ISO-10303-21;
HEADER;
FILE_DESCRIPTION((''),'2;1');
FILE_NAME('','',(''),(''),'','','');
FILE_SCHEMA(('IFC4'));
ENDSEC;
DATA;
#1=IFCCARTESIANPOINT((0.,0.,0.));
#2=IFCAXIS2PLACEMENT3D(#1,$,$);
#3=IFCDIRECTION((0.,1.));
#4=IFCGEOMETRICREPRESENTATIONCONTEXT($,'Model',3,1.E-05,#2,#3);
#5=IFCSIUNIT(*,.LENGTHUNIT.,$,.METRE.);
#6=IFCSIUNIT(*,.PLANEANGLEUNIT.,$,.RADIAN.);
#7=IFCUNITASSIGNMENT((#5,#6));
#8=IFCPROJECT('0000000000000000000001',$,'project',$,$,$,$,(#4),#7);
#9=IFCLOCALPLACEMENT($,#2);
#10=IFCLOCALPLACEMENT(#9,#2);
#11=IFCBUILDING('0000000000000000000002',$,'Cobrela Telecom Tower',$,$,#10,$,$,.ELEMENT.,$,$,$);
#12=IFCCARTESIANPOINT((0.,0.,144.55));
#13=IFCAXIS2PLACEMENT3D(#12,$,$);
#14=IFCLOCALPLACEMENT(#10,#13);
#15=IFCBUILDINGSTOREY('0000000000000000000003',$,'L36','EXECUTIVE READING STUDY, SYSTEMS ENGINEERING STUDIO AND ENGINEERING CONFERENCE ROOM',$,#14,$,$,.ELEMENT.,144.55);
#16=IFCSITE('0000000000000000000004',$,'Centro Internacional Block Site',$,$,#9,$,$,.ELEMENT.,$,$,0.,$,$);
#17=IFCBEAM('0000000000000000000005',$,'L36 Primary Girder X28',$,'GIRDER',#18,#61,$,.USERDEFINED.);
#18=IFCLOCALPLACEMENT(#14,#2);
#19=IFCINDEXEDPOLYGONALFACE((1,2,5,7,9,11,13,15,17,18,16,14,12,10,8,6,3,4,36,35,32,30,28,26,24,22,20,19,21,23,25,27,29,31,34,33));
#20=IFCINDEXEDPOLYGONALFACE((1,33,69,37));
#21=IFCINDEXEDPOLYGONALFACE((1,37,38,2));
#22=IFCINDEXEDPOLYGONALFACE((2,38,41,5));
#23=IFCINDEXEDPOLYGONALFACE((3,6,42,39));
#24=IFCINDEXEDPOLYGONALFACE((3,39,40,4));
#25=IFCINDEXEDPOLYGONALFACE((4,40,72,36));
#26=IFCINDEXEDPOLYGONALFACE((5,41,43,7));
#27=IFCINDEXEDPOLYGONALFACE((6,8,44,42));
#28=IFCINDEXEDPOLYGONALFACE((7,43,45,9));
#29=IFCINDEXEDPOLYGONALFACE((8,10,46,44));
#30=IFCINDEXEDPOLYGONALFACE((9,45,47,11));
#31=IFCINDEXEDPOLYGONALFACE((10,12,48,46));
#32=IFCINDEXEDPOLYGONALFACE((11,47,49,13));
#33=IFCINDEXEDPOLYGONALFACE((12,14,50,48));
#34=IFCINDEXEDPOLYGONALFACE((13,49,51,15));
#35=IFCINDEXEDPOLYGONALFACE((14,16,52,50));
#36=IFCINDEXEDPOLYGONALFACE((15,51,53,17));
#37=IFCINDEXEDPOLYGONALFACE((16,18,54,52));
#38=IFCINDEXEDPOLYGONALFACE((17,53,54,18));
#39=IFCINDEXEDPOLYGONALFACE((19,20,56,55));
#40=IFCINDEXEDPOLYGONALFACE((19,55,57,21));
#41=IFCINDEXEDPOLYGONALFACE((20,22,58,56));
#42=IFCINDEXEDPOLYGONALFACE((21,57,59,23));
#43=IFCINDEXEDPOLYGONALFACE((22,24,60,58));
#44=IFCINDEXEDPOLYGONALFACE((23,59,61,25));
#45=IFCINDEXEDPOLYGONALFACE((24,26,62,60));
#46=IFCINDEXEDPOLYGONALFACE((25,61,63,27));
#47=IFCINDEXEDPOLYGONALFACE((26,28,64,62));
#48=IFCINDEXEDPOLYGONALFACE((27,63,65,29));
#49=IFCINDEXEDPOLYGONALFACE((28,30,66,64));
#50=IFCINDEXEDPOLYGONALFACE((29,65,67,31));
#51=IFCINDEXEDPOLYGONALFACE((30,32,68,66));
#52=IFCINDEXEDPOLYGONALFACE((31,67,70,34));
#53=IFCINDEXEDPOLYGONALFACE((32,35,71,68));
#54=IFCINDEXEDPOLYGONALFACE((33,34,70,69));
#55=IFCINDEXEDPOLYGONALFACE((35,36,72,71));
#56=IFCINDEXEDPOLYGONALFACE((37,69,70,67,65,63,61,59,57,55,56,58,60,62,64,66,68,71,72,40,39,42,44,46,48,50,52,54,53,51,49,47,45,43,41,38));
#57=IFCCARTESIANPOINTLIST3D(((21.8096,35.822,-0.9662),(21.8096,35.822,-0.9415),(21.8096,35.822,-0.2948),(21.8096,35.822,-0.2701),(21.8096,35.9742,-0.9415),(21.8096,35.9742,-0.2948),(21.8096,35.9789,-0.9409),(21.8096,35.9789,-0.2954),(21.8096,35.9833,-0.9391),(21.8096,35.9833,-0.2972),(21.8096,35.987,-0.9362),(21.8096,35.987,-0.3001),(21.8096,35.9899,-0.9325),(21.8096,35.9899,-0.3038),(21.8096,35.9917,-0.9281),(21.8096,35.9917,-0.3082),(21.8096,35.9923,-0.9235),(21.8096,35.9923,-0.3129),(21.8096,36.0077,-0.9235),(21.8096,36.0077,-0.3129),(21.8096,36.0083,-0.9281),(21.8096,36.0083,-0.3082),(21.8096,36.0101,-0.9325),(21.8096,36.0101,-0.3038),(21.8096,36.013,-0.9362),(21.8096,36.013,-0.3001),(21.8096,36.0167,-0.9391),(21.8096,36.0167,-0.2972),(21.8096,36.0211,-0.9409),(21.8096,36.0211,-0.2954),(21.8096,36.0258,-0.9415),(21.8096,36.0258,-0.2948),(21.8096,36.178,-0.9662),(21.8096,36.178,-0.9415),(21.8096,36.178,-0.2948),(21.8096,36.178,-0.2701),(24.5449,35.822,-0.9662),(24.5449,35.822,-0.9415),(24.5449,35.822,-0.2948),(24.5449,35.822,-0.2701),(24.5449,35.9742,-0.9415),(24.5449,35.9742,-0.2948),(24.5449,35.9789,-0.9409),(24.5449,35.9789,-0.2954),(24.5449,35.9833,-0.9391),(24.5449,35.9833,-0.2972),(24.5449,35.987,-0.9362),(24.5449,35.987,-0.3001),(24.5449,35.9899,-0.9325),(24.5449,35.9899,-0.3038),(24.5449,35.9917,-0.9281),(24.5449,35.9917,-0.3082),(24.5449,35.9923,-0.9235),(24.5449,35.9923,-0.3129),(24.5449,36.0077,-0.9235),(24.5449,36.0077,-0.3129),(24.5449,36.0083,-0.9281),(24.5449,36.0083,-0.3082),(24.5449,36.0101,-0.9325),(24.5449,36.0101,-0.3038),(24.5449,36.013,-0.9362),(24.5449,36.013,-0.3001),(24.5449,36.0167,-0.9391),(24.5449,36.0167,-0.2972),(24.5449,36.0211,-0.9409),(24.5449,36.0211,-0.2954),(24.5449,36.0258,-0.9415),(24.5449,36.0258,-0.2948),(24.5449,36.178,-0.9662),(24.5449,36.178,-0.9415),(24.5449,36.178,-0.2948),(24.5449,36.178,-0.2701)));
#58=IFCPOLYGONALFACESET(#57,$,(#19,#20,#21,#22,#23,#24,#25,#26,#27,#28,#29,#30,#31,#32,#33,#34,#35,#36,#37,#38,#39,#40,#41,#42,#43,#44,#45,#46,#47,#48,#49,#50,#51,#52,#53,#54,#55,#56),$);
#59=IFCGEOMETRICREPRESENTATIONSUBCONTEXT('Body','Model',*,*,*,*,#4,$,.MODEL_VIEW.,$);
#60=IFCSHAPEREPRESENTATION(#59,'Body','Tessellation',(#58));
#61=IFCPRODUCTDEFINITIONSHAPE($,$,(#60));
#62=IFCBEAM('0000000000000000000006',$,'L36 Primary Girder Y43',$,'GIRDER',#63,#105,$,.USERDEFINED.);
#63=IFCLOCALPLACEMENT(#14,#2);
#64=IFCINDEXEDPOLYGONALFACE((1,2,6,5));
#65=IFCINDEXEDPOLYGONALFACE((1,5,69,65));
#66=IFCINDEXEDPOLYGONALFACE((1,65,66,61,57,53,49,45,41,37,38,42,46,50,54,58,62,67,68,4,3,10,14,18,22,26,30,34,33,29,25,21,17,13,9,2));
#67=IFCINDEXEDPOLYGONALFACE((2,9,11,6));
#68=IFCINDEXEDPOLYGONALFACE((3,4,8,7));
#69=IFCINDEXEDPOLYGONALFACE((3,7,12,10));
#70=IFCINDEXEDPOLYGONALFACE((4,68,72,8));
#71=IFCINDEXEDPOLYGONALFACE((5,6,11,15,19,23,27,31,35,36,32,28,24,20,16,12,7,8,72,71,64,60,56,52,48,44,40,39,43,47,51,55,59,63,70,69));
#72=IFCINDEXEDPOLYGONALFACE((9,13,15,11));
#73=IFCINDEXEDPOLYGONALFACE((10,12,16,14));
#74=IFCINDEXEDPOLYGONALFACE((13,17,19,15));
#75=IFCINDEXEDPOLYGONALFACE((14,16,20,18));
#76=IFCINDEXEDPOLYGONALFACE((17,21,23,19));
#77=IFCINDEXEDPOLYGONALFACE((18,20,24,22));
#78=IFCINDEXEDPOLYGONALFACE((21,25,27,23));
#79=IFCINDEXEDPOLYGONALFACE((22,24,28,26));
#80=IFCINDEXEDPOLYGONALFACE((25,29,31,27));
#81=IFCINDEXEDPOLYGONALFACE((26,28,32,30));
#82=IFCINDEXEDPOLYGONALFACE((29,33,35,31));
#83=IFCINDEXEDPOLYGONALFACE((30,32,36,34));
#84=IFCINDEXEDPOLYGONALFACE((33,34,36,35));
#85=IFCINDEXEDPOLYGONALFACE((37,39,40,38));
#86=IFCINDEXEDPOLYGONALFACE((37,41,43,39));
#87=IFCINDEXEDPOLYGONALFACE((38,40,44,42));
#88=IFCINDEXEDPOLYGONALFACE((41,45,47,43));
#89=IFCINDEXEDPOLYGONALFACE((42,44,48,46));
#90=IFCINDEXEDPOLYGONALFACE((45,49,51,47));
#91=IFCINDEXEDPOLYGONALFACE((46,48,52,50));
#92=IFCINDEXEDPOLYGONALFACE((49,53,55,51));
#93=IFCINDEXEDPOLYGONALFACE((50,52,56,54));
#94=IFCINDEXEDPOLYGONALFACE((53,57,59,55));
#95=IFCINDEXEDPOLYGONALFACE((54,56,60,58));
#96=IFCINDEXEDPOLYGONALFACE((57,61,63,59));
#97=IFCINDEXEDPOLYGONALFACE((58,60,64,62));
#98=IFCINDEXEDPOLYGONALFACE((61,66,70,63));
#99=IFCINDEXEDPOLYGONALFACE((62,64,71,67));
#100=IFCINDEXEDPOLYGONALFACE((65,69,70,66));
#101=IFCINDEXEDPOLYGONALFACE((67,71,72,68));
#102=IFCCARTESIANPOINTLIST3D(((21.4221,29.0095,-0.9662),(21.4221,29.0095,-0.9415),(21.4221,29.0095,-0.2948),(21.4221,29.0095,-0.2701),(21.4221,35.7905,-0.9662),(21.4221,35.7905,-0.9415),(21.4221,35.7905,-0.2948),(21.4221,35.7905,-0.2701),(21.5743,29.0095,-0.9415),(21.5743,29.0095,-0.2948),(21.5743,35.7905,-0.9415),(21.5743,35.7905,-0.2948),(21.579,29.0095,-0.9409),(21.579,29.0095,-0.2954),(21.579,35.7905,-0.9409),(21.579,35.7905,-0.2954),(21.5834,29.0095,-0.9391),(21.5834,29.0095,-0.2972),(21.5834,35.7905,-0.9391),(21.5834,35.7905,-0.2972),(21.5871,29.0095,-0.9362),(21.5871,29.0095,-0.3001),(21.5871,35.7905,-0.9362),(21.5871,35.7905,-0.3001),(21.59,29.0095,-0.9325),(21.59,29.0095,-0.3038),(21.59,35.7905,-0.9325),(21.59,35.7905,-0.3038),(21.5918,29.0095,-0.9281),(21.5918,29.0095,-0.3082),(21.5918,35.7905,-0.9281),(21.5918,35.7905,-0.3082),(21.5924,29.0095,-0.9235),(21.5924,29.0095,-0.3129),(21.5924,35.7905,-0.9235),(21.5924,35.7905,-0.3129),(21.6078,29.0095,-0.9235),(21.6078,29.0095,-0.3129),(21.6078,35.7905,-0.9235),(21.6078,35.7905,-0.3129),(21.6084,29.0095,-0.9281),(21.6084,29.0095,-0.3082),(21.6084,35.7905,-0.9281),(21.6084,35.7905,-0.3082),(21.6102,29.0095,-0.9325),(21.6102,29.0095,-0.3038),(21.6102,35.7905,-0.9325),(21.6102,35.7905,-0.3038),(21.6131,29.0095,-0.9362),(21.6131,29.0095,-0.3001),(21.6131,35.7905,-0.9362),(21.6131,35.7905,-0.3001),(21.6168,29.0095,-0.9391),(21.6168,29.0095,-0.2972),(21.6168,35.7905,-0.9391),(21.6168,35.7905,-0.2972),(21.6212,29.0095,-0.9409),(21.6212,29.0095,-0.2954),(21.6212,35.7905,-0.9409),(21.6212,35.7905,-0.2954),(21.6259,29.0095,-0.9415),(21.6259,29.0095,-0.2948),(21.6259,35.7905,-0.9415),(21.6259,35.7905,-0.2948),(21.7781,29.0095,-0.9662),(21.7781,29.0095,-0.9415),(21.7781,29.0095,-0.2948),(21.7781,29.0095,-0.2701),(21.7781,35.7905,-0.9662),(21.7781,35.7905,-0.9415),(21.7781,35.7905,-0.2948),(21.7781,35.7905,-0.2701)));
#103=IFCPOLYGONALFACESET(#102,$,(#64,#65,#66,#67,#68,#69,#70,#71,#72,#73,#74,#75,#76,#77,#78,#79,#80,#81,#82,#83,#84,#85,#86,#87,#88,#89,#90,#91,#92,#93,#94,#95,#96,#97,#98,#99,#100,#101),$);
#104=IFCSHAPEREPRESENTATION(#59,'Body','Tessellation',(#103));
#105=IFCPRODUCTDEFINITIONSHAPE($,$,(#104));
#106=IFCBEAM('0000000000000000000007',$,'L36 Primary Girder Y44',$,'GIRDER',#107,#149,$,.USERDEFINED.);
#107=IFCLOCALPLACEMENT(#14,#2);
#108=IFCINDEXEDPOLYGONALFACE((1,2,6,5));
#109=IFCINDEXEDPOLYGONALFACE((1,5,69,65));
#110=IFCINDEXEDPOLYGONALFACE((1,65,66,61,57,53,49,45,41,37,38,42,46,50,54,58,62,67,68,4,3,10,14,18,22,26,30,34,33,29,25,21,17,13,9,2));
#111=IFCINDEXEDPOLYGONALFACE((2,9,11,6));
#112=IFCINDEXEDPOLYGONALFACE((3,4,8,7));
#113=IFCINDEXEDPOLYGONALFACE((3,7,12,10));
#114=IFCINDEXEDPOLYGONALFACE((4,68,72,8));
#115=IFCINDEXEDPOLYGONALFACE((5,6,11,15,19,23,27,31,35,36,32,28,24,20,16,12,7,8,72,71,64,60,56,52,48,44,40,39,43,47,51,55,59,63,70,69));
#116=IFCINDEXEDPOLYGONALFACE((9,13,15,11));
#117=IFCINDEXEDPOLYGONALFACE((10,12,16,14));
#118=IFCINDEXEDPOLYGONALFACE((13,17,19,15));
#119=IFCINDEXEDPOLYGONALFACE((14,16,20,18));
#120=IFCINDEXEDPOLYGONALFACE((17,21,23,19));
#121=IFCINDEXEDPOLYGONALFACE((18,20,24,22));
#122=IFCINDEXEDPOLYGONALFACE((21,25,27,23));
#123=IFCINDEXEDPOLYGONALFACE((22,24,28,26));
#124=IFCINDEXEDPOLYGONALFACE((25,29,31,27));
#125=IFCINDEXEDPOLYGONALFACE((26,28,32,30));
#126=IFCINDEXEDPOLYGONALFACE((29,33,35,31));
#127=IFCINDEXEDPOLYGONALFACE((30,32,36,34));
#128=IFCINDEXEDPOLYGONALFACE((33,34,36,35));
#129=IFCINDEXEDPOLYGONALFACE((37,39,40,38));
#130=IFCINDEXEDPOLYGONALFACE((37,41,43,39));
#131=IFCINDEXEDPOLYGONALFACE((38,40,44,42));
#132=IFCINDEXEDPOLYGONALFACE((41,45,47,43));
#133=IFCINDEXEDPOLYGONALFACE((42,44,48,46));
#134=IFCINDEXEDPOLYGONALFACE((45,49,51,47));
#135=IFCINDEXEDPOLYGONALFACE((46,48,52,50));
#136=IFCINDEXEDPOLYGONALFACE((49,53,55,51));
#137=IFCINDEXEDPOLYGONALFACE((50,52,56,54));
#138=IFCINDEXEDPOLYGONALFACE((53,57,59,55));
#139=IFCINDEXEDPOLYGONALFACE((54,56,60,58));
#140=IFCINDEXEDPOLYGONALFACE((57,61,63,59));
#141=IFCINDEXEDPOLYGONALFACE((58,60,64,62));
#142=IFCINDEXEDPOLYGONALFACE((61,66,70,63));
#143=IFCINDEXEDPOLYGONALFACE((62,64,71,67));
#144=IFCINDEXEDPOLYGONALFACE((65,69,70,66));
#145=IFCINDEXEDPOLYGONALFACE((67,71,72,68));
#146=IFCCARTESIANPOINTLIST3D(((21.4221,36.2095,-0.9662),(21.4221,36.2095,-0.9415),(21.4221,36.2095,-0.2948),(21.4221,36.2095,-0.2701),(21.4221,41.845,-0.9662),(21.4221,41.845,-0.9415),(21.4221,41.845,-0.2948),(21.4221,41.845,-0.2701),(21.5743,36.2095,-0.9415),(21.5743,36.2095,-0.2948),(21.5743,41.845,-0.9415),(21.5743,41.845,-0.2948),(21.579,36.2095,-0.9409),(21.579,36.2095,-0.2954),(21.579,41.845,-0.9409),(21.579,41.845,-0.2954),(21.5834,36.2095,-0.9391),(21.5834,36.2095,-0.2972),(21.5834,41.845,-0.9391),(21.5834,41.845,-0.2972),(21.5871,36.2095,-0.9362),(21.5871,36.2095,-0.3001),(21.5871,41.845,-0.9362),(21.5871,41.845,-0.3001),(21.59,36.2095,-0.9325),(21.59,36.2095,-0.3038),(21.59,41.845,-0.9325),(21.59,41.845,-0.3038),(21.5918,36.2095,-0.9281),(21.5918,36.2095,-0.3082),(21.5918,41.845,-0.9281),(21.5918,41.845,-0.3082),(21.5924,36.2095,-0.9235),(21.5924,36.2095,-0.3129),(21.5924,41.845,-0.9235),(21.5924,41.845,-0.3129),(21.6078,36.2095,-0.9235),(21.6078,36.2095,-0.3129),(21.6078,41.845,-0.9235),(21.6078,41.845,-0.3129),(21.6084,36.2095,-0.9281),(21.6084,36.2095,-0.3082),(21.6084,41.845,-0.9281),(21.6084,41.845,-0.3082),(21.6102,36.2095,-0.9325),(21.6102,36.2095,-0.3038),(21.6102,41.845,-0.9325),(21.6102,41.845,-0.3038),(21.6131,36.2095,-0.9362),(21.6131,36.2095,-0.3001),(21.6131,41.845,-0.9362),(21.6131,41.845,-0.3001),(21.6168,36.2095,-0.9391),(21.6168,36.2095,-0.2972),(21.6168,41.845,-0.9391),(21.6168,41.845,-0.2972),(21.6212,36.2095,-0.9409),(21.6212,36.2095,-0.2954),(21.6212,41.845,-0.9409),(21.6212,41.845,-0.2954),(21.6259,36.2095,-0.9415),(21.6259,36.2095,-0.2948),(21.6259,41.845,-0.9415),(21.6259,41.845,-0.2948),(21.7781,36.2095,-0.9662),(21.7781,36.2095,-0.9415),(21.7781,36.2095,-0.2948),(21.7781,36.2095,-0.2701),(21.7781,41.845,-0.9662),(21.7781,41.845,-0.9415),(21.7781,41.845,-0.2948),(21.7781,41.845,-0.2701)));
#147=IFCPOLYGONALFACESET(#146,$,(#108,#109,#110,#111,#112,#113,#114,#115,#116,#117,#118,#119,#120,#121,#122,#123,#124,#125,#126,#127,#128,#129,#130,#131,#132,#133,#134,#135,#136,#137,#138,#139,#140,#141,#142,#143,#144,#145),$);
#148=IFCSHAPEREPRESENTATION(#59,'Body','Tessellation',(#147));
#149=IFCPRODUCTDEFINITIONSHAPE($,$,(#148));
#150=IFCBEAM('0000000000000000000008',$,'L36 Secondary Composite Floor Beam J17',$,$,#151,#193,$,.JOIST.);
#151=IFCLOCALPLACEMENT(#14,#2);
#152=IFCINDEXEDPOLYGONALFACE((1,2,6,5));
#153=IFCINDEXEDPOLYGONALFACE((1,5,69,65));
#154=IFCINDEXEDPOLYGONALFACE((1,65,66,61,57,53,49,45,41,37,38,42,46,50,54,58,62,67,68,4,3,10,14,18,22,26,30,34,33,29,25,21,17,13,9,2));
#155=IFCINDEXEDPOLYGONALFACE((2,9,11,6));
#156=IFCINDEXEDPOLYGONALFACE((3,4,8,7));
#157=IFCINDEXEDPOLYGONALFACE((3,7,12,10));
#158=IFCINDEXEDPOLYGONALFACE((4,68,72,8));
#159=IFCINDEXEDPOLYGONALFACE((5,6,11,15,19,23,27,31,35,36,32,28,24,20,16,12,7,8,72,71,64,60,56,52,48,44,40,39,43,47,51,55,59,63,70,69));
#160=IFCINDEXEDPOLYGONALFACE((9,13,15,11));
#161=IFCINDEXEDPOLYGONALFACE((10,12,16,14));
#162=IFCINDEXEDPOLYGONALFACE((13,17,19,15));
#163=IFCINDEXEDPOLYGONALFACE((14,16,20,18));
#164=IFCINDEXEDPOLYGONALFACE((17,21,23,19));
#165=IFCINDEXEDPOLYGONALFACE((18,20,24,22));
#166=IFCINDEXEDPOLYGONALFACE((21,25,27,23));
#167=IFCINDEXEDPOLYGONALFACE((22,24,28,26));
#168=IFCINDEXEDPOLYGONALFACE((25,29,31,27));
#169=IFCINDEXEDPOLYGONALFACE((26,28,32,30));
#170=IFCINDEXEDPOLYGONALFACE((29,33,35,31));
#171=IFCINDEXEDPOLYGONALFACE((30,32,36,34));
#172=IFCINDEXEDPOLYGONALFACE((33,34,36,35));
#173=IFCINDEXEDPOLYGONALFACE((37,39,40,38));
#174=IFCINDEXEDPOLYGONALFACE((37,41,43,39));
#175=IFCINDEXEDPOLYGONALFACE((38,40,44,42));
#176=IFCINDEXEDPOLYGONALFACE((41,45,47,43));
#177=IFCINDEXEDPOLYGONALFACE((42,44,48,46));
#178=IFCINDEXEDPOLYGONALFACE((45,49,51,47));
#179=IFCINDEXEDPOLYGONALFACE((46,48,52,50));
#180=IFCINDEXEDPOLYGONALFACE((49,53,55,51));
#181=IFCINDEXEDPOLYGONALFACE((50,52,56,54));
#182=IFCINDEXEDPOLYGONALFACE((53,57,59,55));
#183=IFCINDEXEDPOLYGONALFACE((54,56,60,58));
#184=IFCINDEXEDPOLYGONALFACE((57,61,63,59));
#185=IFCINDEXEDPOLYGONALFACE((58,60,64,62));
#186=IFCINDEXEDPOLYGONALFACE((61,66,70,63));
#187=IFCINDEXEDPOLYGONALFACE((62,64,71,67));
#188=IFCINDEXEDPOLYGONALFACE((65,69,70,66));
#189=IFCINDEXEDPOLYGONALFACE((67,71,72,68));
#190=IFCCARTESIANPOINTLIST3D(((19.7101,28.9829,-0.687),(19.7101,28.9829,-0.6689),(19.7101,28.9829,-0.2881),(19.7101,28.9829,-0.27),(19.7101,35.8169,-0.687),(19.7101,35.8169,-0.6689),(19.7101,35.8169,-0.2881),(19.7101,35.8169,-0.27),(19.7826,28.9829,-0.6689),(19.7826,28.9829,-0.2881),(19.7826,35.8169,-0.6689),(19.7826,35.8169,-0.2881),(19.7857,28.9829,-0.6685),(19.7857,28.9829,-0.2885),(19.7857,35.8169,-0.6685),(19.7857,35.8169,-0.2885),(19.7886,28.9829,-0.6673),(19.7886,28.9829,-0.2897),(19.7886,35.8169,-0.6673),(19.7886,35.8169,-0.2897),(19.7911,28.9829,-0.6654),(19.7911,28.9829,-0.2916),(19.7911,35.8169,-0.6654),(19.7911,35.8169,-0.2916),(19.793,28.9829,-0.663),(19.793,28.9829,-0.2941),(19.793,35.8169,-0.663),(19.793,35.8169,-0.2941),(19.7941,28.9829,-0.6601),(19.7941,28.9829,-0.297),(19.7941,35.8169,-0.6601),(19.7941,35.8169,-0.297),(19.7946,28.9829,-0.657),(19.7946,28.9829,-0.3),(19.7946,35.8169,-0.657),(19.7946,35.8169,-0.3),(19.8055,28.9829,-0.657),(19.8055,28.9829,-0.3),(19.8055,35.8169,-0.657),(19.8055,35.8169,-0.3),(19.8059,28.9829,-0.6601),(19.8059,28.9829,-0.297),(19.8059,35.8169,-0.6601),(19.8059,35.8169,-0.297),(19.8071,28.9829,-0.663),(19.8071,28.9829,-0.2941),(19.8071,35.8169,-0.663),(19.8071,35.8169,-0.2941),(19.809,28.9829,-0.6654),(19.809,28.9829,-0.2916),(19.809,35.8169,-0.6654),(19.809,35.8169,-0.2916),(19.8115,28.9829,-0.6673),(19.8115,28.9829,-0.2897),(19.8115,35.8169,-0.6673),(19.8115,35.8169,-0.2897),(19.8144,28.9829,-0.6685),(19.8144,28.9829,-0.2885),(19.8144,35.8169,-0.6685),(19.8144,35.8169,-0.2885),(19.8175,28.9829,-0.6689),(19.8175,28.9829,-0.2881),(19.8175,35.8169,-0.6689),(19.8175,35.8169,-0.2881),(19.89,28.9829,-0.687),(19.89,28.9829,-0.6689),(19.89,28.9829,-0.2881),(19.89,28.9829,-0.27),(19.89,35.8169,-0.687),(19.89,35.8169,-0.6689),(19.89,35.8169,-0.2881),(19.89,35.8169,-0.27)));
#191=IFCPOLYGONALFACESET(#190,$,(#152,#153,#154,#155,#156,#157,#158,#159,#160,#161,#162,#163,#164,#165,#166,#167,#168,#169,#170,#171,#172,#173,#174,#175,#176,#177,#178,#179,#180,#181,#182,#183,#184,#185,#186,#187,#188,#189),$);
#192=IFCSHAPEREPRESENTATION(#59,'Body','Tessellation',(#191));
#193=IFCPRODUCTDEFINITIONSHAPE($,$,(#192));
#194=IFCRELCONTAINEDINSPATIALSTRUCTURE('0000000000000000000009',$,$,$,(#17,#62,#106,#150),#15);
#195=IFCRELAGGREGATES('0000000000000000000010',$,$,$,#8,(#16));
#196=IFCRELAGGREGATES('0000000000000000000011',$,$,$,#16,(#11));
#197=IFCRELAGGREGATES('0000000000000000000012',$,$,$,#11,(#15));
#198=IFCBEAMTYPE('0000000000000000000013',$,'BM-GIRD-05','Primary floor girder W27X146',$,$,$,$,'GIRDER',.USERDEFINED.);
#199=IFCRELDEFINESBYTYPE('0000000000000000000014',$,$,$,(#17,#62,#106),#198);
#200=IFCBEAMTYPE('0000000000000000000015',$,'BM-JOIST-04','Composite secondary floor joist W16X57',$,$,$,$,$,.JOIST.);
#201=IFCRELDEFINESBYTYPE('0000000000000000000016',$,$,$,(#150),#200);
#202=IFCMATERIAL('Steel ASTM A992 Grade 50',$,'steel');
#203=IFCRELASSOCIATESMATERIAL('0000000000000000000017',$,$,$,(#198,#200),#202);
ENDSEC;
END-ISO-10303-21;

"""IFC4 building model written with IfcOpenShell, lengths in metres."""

from ifc_helpers import new_model, si_unit, direction, frame, origin, origin_2d, place, context, subcontext, project, spatial, i_section, extrude, material, material_profile, profile_set, type_object, element, save


model = new_model("IFC4")

# Units and contexts
model_context = context("Model", 3, precision=1e-05, world=origin(), true_north=direction((0.0, 1.0)))
body_context = subcontext(model_context, "Body", "Model", "MODEL_VIEW")
ifc_project = project(units=[si_unit("LENGTHUNIT", "METRE"), si_unit("PLANEANGLEUNIT", "RADIAN")], contexts=[model_context])

# Site, building, storey
site_placement = place(None, origin())
site = spatial("IfcSite", under=ifc_project, at=site_placement, Name="Centro Internacional Block Site", CompositionType="ELEMENT", RefElevation=0.0)
building_placement = place(site_placement, origin())
building = spatial("IfcBuilding", under=site, at=building_placement, Name="Cobrela Telecom Tower", CompositionType="ELEMENT")
storey_placement = place(building_placement, frame((0.0, 0.0, 144.55)))
storey = spatial("IfcBuildingStorey", under=building, at=storey_placement, Name="L36", Description="EXECUTIVE READING STUDY, SYSTEMS ENGINEERING STUDIO AND ENGINEERING CONFERENCE ROOM", CompositionType="ELEMENT", Elevation=144.55)

# Shared definitions
ifc_material_1 = material(Name="Steel ASTM A992 Grade 50", Category="steel")

# Beams
ifc_material_profile_1 = material_profile(ifc_material_1, i_section(OverallWidth=0.356, OverallDepth=0.696, WebThickness=0.0154, FlangeThickness=0.0247, FilletRadius=0.0181, at=origin_2d()), Name="W27X146")
ifc_profile_set_1 = profile_set([ifc_material_profile_1], Name="Steel ASTM A992 Grade 50")
beam_type_1 = type_object("IfcBeamType", Name="BM-GIRD-05", Description="Primary floor girder W27X146", ElementType="GIRDER", PredefinedType="USERDEFINED", material=ifc_profile_set_1)
for number, where, z_axis, x_axis, name in (
    (1, (21.8096, 36.0, -0.6182), (1.0, 0.0, 0.0), (0.0, 1.0, 0.0), "L36 Primary Girder X28"),
):
    element("IfcBeam", number, at=place(storey_placement, frame(where, z_axis=z_axis, x_axis=x_axis)), inside=storey, type_object=beam_type_1, Name=name, ObjectType="GIRDER", PredefinedType="USERDEFINED", context=body_context, shape_type="SweptSolid", body=[
        extrude(i_section(OverallWidth=0.356, OverallDepth=0.696, WebThickness=0.0154, FlangeThickness=0.0247, FilletRadius=0.0181, at=origin_2d()), origin(), (0.0, 0.0, 1.0), 2.7354),
    ])
beam_1_placement = place(storey_placement, frame((21.6001, 29.0095, -0.6182), z_axis=(0.0, 1.0, 0.0), x_axis=(-1.0, 0.0, 0.0)))
element("IfcBeam", 2, at=beam_1_placement, inside=storey, type_object=beam_type_1, Name="L36 Primary Girder Y43", ObjectType="GIRDER", PredefinedType="USERDEFINED", context=body_context, shape_type="SweptSolid", body=[
    extrude(i_section(OverallWidth=0.356, OverallDepth=0.696, WebThickness=0.0154, FlangeThickness=0.0247, FilletRadius=0.0181, at=origin_2d()), origin(), (0.0, 0.0, 1.0), 6.781),
])
beam_2_placement = place(storey_placement, frame((21.6001, 36.2095, -0.6182), z_axis=(0.0, 1.0, 0.0), x_axis=(-1.0, 0.0, 0.0)))
element("IfcBeam", 3, at=beam_2_placement, inside=storey, type_object=beam_type_1, Name="L36 Primary Girder Y44", ObjectType="GIRDER", PredefinedType="USERDEFINED", context=body_context, shape_type="SweptSolid", body=[
    extrude(i_section(OverallWidth=0.356, OverallDepth=0.696, WebThickness=0.0154, FlangeThickness=0.0247, FilletRadius=0.0181, at=origin_2d()), origin(), (0.0, 0.0, 1.0), 5.6355),
])
ifc_material_profile_2 = material_profile(ifc_material_1, i_section(OverallWidth=0.1799, OverallDepth=0.417, WebThickness=0.011, FlangeThickness=0.0181, FilletRadius=0.012, at=origin_2d()), Name="W16X57")
ifc_profile_set_2 = profile_set([ifc_material_profile_2], Name="Steel ASTM A992 Grade 50")
beam_type_2 = type_object("IfcBeamType", Name="BM-JOIST-04", Description="Composite secondary floor joist W16X57", PredefinedType="JOIST", material=ifc_profile_set_2)
beam_3_placement = place(storey_placement, frame((19.8, 28.9829, -0.4785), z_axis=(0.0, 1.0, 0.0), x_axis=(-1.0, 0.0, 0.0)))
element("IfcBeam", 4, at=beam_3_placement, inside=storey, type_object=beam_type_2, Name="L36 Secondary Composite Floor Beam J17", PredefinedType="JOIST", context=body_context, shape_type="SweptSolid", body=[
    extrude(i_section(OverallWidth=0.1799, OverallDepth=0.417, WebThickness=0.011, FlangeThickness=0.0181, FilletRadius=0.012, at=origin_2d()), origin(), (0.0, 0.0, 1.0), 6.834),
])

save(model, "model.ifc")
